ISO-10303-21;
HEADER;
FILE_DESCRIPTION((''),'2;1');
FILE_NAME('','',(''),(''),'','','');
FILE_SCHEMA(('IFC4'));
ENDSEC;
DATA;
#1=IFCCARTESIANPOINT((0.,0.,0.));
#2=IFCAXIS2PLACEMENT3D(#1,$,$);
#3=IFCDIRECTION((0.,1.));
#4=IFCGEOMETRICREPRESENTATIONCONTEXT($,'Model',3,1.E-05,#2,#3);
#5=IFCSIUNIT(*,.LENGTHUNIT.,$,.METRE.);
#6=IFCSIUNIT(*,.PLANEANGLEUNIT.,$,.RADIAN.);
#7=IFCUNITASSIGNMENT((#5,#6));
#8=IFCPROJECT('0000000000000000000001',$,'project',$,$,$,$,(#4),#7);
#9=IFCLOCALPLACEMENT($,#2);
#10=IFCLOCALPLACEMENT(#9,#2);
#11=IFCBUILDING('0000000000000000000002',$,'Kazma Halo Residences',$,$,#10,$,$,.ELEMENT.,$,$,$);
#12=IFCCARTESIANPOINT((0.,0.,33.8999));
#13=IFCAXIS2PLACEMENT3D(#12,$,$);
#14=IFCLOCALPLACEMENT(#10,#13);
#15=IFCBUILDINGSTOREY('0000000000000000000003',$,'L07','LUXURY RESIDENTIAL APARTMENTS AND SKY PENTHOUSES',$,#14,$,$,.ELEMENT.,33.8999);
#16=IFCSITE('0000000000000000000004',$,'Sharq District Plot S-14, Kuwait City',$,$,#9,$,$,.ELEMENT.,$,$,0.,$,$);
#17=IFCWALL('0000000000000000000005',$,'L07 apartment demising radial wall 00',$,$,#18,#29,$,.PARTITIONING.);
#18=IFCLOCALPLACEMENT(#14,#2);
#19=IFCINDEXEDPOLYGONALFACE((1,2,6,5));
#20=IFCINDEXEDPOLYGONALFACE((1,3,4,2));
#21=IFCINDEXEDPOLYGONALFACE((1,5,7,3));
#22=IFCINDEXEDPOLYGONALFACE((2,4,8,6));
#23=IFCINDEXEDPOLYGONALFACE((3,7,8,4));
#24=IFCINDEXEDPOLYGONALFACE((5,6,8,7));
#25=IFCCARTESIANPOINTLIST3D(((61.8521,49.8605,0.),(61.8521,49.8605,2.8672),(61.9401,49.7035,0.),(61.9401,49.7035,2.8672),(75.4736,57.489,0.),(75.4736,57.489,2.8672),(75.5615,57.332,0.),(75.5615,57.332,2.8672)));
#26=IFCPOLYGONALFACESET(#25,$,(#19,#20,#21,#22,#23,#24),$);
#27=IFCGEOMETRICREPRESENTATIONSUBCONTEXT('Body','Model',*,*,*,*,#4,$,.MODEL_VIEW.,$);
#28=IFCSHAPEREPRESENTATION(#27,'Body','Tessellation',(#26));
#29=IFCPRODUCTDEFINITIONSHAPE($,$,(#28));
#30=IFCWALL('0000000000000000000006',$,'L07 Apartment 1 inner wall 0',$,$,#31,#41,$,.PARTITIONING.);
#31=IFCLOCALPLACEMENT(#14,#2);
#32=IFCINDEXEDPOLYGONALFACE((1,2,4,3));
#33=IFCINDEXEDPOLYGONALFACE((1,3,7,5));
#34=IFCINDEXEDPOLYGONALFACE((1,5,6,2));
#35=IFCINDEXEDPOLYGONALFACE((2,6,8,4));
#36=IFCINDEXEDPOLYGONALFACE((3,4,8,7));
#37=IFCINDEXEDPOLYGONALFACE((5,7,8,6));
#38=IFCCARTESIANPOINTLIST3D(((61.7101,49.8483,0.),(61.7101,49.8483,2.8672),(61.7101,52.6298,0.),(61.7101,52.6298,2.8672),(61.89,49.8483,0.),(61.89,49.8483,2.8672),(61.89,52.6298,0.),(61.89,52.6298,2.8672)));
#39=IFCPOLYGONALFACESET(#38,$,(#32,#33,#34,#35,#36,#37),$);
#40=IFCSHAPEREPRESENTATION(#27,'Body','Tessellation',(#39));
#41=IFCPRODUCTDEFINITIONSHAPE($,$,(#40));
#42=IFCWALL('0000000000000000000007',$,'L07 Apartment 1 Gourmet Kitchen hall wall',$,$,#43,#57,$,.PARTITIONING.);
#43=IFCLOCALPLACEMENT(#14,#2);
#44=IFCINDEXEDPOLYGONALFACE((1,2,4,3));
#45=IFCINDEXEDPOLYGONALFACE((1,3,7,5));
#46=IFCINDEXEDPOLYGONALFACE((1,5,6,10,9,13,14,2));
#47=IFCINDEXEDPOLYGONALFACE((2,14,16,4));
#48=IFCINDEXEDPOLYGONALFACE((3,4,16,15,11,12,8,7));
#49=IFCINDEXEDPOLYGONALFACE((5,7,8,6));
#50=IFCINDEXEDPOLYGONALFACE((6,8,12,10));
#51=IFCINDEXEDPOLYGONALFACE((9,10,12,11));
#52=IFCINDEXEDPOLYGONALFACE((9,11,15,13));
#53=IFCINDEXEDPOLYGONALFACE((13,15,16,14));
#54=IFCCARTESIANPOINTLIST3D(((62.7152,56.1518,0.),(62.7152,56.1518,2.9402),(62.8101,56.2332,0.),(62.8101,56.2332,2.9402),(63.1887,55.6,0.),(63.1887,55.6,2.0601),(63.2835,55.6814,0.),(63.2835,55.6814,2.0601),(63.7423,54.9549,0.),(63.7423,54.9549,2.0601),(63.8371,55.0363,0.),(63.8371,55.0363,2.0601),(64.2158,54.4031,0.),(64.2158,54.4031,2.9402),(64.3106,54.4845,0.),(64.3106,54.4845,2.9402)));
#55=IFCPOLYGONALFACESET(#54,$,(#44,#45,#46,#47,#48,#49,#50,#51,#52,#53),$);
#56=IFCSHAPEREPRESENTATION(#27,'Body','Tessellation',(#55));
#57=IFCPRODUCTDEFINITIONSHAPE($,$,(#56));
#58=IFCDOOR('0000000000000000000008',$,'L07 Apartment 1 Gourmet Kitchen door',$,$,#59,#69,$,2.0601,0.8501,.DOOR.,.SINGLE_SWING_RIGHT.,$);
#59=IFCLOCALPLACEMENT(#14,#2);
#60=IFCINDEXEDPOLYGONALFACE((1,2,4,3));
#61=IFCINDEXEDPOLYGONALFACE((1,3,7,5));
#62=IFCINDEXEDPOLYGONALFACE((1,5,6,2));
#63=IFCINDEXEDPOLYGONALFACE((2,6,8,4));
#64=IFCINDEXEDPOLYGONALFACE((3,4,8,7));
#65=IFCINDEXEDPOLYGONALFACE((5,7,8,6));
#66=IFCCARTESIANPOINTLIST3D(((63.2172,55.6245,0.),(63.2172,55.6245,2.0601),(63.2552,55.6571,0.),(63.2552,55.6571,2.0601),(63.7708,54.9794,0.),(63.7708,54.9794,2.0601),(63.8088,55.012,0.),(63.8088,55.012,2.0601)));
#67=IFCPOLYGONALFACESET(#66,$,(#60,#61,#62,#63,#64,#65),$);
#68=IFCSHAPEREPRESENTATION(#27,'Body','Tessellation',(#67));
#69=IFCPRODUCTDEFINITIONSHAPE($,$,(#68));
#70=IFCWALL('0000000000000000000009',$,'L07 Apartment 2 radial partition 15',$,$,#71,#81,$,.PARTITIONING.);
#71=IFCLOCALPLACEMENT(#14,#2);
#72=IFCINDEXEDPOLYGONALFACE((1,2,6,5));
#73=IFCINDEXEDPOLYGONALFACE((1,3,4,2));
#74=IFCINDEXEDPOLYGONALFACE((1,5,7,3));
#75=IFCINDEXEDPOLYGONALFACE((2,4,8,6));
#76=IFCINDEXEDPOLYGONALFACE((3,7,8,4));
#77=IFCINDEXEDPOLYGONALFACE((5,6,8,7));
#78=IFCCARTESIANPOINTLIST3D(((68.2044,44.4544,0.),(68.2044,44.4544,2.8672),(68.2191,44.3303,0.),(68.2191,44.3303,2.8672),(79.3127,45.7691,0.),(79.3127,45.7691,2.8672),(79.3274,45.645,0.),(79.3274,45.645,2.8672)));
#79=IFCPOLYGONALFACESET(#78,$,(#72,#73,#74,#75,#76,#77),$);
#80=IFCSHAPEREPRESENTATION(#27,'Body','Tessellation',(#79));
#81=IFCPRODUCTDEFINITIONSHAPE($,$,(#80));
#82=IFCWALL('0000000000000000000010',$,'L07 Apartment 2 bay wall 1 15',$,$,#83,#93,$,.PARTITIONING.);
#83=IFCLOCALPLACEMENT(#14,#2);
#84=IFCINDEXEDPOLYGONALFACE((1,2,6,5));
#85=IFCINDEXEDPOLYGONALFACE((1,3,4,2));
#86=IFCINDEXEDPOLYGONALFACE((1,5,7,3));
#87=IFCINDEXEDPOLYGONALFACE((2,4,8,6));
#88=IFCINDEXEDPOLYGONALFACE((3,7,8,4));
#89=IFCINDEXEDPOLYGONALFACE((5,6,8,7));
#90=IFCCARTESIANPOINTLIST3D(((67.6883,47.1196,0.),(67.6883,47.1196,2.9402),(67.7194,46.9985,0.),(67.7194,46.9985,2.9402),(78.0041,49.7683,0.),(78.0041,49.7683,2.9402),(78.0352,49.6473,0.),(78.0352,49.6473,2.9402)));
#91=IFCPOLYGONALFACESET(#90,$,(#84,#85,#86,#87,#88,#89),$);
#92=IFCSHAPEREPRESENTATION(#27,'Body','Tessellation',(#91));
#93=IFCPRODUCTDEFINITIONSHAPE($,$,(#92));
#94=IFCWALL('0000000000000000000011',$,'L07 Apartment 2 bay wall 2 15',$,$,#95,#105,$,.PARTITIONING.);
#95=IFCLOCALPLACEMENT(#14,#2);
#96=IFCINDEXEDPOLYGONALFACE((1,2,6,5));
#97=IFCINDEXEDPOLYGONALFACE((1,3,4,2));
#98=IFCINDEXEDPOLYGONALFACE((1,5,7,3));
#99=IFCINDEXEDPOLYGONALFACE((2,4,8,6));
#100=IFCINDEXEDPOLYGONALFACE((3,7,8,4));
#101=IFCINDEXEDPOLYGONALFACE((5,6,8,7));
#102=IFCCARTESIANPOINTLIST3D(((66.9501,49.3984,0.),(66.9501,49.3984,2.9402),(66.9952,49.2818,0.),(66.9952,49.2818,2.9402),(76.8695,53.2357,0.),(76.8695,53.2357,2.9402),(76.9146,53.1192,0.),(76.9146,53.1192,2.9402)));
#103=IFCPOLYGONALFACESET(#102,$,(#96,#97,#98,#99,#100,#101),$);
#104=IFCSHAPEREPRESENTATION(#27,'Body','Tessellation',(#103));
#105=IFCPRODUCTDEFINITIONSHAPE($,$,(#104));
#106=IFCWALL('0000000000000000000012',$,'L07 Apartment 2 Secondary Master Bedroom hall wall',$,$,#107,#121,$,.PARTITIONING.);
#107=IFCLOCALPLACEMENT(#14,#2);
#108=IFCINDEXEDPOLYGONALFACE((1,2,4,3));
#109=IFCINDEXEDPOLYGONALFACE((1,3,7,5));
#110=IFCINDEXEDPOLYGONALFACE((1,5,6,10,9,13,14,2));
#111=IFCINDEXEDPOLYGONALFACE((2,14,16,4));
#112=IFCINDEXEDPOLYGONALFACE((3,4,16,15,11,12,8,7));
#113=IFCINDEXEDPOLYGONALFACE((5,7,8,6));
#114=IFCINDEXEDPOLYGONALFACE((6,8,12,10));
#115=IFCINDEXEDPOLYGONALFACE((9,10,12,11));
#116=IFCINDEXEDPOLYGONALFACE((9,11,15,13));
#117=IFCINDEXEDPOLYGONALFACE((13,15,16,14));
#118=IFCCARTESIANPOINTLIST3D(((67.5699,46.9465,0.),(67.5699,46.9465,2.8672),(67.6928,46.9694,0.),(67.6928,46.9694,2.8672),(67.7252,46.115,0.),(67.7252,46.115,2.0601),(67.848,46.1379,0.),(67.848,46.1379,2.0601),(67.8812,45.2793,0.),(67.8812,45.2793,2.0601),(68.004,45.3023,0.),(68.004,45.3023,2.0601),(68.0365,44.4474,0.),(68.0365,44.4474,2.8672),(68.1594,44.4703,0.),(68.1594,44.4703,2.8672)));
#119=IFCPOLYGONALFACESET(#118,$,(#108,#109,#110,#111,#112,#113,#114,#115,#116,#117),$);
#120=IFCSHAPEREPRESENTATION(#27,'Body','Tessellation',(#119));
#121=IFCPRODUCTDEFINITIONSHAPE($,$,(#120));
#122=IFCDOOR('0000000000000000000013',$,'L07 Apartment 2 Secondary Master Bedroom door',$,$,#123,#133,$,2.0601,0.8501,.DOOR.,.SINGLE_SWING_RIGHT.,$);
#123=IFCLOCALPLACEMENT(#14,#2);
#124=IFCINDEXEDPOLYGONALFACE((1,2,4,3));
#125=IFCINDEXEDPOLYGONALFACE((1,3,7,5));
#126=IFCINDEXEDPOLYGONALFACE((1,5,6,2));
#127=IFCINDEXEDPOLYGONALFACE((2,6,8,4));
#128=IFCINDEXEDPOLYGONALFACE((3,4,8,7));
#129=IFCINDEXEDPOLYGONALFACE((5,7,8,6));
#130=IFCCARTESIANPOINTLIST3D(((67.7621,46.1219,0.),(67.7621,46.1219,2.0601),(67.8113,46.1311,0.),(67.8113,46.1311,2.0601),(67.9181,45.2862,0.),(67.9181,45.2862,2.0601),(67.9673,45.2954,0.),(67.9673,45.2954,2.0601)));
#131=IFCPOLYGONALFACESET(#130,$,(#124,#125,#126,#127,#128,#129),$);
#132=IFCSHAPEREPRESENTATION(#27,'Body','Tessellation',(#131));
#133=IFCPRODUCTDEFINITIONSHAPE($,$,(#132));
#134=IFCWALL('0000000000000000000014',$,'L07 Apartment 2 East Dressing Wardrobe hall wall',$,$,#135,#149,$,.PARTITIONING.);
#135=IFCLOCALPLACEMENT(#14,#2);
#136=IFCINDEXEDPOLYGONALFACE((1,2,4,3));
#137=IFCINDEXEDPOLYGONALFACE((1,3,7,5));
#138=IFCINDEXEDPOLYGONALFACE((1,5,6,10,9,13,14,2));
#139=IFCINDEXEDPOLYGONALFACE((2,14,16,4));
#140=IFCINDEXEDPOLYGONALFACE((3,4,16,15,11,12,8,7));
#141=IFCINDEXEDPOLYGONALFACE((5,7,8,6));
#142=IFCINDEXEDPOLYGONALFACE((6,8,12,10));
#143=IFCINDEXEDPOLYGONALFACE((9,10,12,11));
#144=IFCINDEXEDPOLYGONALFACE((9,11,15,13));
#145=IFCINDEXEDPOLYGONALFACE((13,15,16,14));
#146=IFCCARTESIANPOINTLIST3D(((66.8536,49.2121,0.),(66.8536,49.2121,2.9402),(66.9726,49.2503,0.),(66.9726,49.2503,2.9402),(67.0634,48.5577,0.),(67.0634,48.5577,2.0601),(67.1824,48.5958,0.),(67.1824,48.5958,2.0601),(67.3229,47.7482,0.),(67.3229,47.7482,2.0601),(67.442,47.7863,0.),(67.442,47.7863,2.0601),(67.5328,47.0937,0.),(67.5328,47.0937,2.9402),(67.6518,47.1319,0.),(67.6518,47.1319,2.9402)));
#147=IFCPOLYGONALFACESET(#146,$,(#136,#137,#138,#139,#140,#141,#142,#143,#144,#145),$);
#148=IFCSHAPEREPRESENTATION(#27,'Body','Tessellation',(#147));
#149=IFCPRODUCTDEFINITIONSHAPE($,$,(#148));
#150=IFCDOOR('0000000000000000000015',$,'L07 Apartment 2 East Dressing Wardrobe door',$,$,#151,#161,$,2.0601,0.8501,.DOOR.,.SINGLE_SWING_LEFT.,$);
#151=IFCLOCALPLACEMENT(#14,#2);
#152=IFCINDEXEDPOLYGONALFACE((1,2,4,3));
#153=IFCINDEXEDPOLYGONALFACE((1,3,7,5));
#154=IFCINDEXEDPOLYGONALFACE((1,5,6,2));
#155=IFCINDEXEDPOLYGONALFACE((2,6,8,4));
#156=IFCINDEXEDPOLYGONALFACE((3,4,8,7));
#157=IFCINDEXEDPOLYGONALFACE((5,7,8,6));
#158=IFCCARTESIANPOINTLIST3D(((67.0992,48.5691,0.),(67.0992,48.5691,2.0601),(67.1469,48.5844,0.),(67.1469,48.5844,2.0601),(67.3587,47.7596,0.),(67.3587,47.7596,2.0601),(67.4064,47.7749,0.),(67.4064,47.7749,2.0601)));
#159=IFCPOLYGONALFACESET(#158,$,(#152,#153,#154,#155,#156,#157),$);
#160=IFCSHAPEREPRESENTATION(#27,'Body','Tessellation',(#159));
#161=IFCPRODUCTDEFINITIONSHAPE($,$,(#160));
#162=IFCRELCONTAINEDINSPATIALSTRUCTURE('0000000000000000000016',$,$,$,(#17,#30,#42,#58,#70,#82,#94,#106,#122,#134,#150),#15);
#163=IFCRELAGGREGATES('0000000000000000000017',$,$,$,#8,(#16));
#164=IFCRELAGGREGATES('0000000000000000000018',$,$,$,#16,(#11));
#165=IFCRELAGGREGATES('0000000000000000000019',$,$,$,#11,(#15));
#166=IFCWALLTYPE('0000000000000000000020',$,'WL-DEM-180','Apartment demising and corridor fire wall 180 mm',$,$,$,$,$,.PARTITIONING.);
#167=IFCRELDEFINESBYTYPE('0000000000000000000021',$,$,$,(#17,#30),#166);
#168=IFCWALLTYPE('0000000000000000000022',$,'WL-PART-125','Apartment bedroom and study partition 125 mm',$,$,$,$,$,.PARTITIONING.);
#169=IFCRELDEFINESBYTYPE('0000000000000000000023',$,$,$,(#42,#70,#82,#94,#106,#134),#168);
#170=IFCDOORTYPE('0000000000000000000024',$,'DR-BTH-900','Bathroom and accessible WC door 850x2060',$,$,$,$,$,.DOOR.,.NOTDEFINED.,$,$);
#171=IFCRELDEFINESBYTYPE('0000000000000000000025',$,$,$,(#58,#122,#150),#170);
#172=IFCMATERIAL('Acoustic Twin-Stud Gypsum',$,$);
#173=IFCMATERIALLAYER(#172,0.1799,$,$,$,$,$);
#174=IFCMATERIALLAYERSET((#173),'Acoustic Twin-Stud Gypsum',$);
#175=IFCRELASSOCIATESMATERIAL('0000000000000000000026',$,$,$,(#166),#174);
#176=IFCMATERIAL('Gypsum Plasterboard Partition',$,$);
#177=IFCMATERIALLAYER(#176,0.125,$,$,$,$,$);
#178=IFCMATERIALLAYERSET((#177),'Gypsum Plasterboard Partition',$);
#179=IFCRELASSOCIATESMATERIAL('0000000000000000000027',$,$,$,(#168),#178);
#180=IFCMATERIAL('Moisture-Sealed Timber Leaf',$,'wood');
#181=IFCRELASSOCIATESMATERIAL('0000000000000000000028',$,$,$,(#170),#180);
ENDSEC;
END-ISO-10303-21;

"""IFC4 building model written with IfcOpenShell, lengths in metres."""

from ifc_helpers import new_model, si_unit, direction, frame, frame_2d, origin, place, context, subcontext, project, spatial, rectangle, extrude, material, layer, layer_set, type_object, element, fill, save


model = new_model("IFC4")

# Units and contexts
model_context = context("Model", 3, precision=1e-05, world=origin(), true_north=direction((0.0, 1.0)))
body_context = subcontext(model_context, "Body", "Model", "MODEL_VIEW")
ifc_project = project(units=[si_unit("LENGTHUNIT", "METRE"), si_unit("PLANEANGLEUNIT", "RADIAN")], contexts=[model_context])

# Site, building, storey
site_placement = place(None, origin())
site = spatial("IfcSite", under=ifc_project, at=site_placement, Name="Sharq District Plot S-14, Kuwait City", CompositionType="ELEMENT", RefElevation=0.0)
building_placement = place(site_placement, origin())
building = spatial("IfcBuilding", under=site, at=building_placement, Name="Kazma Halo Residences", CompositionType="ELEMENT")
storey_placement = place(building_placement, frame((0.0, 0.0, 33.8999)))
storey = spatial("IfcBuildingStorey", under=building, at=storey_placement, Name="L07", Description="LUXURY RESIDENTIAL APARTMENTS AND SKY PENTHOUSES", CompositionType="ELEMENT", Elevation=33.8999)

# Walls
ifc_material_1 = material(Name="Acoustic Twin-Stud Gypsum")
ifc_layer_1 = layer(ifc_material_1, 0.1799)
ifc_layer_set_1 = layer_set([ifc_layer_1], Name="Acoustic Twin-Stud Gypsum")
wall_type_1 = type_object("IfcWallType", Name="WL-DEM-180", Description="Apartment demising and corridor fire wall 180 mm", PredefinedType="PARTITIONING", material=ifc_layer_set_1)
wall_1_placement = place(storey_placement, frame((61.896, 49.782, 0.0), z_axis=(0.0, 0.0, 1.0), x_axis=(0.872493, 0.488626, 0.0)))
element("IfcWall", 1, at=wall_1_placement, inside=storey, type_object=wall_type_1, Name="L07 apartment demising radial wall 00", PredefinedType="PARTITIONING", context=body_context, shape_type="SweptSolid", body=[
    extrude(rectangle(XDim=15.6121, YDim=0.1799, at=frame_2d((7.8062, 0.0))), origin(), (0.0, 0.0, 1.0), 2.8672),
])
wall_2_placement = place(storey_placement, frame((61.8, 49.8484, 0.0), z_axis=(0.0, 0.0, 1.0), x_axis=(0.0, 1.0, 0.0)))
element("IfcWall", 2, at=wall_2_placement, inside=storey, type_object=wall_type_1, Name="L07 Apartment 1 inner wall 0", PredefinedType="PARTITIONING", context=body_context, shape_type="SweptSolid", body=[
    extrude(rectangle(XDim=2.7815, YDim=0.1799, at=frame_2d((1.3906, 0.0))), origin(), (0.0, 0.0, 1.0), 2.8672),
])

# Wall, opening, door
ifc_material_2 = material(Name="Gypsum Plasterboard Partition")
ifc_layer_2 = layer(ifc_material_2, 0.125)
ifc_layer_set_2 = layer_set([ifc_layer_2], Name="Gypsum Plasterboard Partition")
wall_type_2 = type_object("IfcWallType", Name="WL-PART-125", Description="Apartment bedroom and study partition 125 mm", PredefinedType="PARTITIONING", material=ifc_layer_set_2)
wall_3_placement = place(storey_placement, frame((64.2632, 54.4438, 0.0), z_axis=(0.0, 0.0, 1.0), x_axis=(-0.651228, 0.758883, 0.0)))
wall_3 = element("IfcWall", 3, at=wall_3_placement, inside=storey, type_object=wall_type_2, Name="L07 Apartment 1 Gourmet Kitchen hall wall", PredefinedType="PARTITIONING", context=body_context, shape_type="SweptSolid", body=[
    extrude(rectangle(XDim=2.3042, YDim=0.125, at=frame_2d((1.1521, 0.0))), origin(), (0.0, 0.0, 1.0), 2.9402),
])
opening_1_placement = place(wall_3_placement, frame((0.7271, 0.0, 0.0)))
opening_1 = element("IfcOpeningElement", 4, at=opening_1_placement, cuts=wall_3, PredefinedType="OPENING", context=body_context, shape_type="SweptSolid", body=[
    extrude(rectangle(XDim=0.8501, YDim=2.0601, at=frame_2d((0.425, 1.03))), frame((0.0, 0.0725, 0.0), z_axis=(0.0, -1.0, 0.0), x_axis=(1.0, 0.0, 0.0)), (0.0, 0.0, 1.0), 0.145),
])
ifc_material_3 = material(Name="Moisture-Sealed Timber Leaf", Category="wood")
door_type = type_object("IfcDoorType", Name="DR-BTH-900", Description="Bathroom and accessible WC door 850x2060", OperationType="NOTDEFINED", PredefinedType="DOOR", material=ifc_material_3)
door_1_placement = place(opening_1_placement, origin())
door_1 = element("IfcDoor", 5, at=door_1_placement, inside=storey, type_object=door_type, Name="L07 Apartment 1 Gourmet Kitchen door", OperationType="SINGLE_SWING_RIGHT", OverallHeight=2.0601, OverallWidth=0.8501, PredefinedType="DOOR", context=body_context, shape_type="SweptSolid", body=[
    extrude(rectangle(XDim=0.8501, YDim=2.0601, at=frame_2d((0.425, 1.03))), frame((0.0, 0.0249, 0.0), z_axis=(0.0, -1.0, 0.0), x_axis=(1.0, 0.0, 0.0)), (0.0, 0.0, 1.0), 0.05),
])
fill(opening_1, door_1)

# Walls
wall_4_placement = place(storey_placement, frame((68.2119, 44.3923, 0.0), z_axis=(0.0, 0.0, 1.0), x_axis=(0.993069, 0.117534, 0.0)))
element("IfcWall", 6, at=wall_4_placement, inside=storey, type_object=wall_type_2, Name="L07 Apartment 2 radial partition 15", PredefinedType="PARTITIONING", context=body_context, shape_type="SweptSolid", body=[
    extrude(rectangle(XDim=11.1858, YDim=0.125, at=frame_2d((5.5928, 0.0))), origin(), (0.0, 0.0, 1.0), 2.8672),
])
wall_5_placement = place(storey_placement, frame((67.7039, 47.0591, 0.0), z_axis=(0.0, 0.0, 1.0), x_axis=(0.968582, 0.248696, 0.0)))
element("IfcWall", 7, at=wall_5_placement, inside=storey, type_object=wall_type_2, Name="L07 Apartment 2 bay wall 1 15", PredefinedType="PARTITIONING", context=body_context, shape_type="SweptSolid", body=[
    extrude(rectangle(XDim=10.6504, YDim=0.125, at=frame_2d((5.3252, 0.0))), origin(), (0.0, 0.0, 1.0), 2.9402),
])
wall_6_placement = place(storey_placement, frame((66.9727, 49.3401, 0.0), z_axis=(0.0, 0.0, 1.0), x_axis=(0.932643, 0.3608, 0.0)))
element("IfcWall", 8, at=wall_6_placement, inside=storey, type_object=wall_type_2, Name="L07 Apartment 2 bay wall 2 15", PredefinedType="PARTITIONING", context=body_context, shape_type="SweptSolid", body=[
    extrude(rectangle(XDim=10.6357, YDim=0.125, at=frame_2d((5.3179, 0.0))), origin(), (0.0, 0.0, 1.0), 2.9402),
])

# Walls, openings, doors
wall_7_placement = place(storey_placement, frame((68.0979, 44.459, 0.0), z_axis=(0.0, 0.0, 1.0), x_axis=(-0.183523, 0.983015, 0.0)))
wall_7 = element("IfcWall", 9, at=wall_7_placement, inside=storey, type_object=wall_type_2, Name="L07 Apartment 2 Secondary Master Bedroom hall wall", PredefinedType="PARTITIONING", context=body_context, shape_type="SweptSolid", body=[
    extrude(rectangle(XDim=2.5422, YDim=0.125, at=frame_2d((1.271, 0.0))), origin(), (0.0, 0.0, 1.0), 2.8672),
])
opening_2_placement = place(wall_7_placement, frame((0.8462, 0.0, 0.0)))
opening_2 = element("IfcOpeningElement", 10, at=opening_2_placement, cuts=wall_7, PredefinedType="OPENING", context=body_context, shape_type="SweptSolid", body=[
    extrude(rectangle(XDim=0.8501, YDim=2.0601, at=frame_2d((0.425, 1.03))), frame((0.0, 0.0725, 0.0), z_axis=(0.0, -1.0, 0.0), x_axis=(1.0, 0.0, 0.0)), (0.0, 0.0, 1.0), 0.145),
])
door_2_placement = place(opening_2_placement, origin())
door_2 = element("IfcDoor", 11, at=door_2_placement, inside=storey, type_object=door_type, Name="L07 Apartment 2 Secondary Master Bedroom door", OperationType="SINGLE_SWING_RIGHT", OverallHeight=2.0601, OverallWidth=0.8501, PredefinedType="DOOR", context=body_context, shape_type="SweptSolid", body=[
    extrude(rectangle(XDim=0.8501, YDim=2.0601, at=frame_2d((0.425, 1.03))), frame((0.0, 0.0249, 0.0), z_axis=(0.0, -1.0, 0.0), x_axis=(1.0, 0.0, 0.0)), (0.0, 0.0, 1.0), 0.05),
])
fill(opening_2, door_2)
wall_8_placement = place(storey_placement, frame((67.5923, 47.1128, 0.0), z_axis=(0.0, 0.0, 1.0), x_axis=(-0.305309, 0.952253, 0.0)))
wall_8 = element("IfcWall", 12, at=wall_8_placement, inside=storey, type_object=wall_type_2, Name="L07 Apartment 2 East Dressing Wardrobe hall wall", PredefinedType="PARTITIONING", context=body_context, shape_type="SweptSolid", body=[
    extrude(rectangle(XDim=2.2246, YDim=0.125, at=frame_2d((1.1123, 0.0))), origin(), (0.0, 0.0, 1.0), 2.9402),
])
opening_3_placement = place(wall_8_placement, frame((0.6873, 0.0, 0.0)))
opening_3 = element("IfcOpeningElement", 13, at=opening_3_placement, cuts=wall_8, PredefinedType="OPENING", context=body_context, shape_type="SweptSolid", body=[
    extrude(rectangle(XDim=0.8501, YDim=2.0601, at=frame_2d((0.425, 1.03))), frame((0.0, 0.0725, 0.0), z_axis=(0.0, -1.0, 0.0), x_axis=(1.0, 0.0, 0.0)), (0.0, 0.0, 1.0), 0.145),
])
door_3_placement = place(opening_3_placement, origin())
door_3 = element("IfcDoor", 14, at=door_3_placement, inside=storey, type_object=door_type, Name="L07 Apartment 2 East Dressing Wardrobe door", OperationType="SINGLE_SWING_LEFT", OverallHeight=2.0601, OverallWidth=0.8501, PredefinedType="DOOR", context=body_context, shape_type="SweptSolid", body=[
    extrude(rectangle(XDim=0.8501, YDim=2.0601, at=frame_2d((0.425, 1.03))), frame((0.0, 0.0249, 0.0), z_axis=(0.0, -1.0, 0.0), x_axis=(1.0, 0.0, 0.0)), (0.0, 0.0, 1.0), 0.05),
])
fill(opening_3, door_3)

save(model, "model.ifc")
